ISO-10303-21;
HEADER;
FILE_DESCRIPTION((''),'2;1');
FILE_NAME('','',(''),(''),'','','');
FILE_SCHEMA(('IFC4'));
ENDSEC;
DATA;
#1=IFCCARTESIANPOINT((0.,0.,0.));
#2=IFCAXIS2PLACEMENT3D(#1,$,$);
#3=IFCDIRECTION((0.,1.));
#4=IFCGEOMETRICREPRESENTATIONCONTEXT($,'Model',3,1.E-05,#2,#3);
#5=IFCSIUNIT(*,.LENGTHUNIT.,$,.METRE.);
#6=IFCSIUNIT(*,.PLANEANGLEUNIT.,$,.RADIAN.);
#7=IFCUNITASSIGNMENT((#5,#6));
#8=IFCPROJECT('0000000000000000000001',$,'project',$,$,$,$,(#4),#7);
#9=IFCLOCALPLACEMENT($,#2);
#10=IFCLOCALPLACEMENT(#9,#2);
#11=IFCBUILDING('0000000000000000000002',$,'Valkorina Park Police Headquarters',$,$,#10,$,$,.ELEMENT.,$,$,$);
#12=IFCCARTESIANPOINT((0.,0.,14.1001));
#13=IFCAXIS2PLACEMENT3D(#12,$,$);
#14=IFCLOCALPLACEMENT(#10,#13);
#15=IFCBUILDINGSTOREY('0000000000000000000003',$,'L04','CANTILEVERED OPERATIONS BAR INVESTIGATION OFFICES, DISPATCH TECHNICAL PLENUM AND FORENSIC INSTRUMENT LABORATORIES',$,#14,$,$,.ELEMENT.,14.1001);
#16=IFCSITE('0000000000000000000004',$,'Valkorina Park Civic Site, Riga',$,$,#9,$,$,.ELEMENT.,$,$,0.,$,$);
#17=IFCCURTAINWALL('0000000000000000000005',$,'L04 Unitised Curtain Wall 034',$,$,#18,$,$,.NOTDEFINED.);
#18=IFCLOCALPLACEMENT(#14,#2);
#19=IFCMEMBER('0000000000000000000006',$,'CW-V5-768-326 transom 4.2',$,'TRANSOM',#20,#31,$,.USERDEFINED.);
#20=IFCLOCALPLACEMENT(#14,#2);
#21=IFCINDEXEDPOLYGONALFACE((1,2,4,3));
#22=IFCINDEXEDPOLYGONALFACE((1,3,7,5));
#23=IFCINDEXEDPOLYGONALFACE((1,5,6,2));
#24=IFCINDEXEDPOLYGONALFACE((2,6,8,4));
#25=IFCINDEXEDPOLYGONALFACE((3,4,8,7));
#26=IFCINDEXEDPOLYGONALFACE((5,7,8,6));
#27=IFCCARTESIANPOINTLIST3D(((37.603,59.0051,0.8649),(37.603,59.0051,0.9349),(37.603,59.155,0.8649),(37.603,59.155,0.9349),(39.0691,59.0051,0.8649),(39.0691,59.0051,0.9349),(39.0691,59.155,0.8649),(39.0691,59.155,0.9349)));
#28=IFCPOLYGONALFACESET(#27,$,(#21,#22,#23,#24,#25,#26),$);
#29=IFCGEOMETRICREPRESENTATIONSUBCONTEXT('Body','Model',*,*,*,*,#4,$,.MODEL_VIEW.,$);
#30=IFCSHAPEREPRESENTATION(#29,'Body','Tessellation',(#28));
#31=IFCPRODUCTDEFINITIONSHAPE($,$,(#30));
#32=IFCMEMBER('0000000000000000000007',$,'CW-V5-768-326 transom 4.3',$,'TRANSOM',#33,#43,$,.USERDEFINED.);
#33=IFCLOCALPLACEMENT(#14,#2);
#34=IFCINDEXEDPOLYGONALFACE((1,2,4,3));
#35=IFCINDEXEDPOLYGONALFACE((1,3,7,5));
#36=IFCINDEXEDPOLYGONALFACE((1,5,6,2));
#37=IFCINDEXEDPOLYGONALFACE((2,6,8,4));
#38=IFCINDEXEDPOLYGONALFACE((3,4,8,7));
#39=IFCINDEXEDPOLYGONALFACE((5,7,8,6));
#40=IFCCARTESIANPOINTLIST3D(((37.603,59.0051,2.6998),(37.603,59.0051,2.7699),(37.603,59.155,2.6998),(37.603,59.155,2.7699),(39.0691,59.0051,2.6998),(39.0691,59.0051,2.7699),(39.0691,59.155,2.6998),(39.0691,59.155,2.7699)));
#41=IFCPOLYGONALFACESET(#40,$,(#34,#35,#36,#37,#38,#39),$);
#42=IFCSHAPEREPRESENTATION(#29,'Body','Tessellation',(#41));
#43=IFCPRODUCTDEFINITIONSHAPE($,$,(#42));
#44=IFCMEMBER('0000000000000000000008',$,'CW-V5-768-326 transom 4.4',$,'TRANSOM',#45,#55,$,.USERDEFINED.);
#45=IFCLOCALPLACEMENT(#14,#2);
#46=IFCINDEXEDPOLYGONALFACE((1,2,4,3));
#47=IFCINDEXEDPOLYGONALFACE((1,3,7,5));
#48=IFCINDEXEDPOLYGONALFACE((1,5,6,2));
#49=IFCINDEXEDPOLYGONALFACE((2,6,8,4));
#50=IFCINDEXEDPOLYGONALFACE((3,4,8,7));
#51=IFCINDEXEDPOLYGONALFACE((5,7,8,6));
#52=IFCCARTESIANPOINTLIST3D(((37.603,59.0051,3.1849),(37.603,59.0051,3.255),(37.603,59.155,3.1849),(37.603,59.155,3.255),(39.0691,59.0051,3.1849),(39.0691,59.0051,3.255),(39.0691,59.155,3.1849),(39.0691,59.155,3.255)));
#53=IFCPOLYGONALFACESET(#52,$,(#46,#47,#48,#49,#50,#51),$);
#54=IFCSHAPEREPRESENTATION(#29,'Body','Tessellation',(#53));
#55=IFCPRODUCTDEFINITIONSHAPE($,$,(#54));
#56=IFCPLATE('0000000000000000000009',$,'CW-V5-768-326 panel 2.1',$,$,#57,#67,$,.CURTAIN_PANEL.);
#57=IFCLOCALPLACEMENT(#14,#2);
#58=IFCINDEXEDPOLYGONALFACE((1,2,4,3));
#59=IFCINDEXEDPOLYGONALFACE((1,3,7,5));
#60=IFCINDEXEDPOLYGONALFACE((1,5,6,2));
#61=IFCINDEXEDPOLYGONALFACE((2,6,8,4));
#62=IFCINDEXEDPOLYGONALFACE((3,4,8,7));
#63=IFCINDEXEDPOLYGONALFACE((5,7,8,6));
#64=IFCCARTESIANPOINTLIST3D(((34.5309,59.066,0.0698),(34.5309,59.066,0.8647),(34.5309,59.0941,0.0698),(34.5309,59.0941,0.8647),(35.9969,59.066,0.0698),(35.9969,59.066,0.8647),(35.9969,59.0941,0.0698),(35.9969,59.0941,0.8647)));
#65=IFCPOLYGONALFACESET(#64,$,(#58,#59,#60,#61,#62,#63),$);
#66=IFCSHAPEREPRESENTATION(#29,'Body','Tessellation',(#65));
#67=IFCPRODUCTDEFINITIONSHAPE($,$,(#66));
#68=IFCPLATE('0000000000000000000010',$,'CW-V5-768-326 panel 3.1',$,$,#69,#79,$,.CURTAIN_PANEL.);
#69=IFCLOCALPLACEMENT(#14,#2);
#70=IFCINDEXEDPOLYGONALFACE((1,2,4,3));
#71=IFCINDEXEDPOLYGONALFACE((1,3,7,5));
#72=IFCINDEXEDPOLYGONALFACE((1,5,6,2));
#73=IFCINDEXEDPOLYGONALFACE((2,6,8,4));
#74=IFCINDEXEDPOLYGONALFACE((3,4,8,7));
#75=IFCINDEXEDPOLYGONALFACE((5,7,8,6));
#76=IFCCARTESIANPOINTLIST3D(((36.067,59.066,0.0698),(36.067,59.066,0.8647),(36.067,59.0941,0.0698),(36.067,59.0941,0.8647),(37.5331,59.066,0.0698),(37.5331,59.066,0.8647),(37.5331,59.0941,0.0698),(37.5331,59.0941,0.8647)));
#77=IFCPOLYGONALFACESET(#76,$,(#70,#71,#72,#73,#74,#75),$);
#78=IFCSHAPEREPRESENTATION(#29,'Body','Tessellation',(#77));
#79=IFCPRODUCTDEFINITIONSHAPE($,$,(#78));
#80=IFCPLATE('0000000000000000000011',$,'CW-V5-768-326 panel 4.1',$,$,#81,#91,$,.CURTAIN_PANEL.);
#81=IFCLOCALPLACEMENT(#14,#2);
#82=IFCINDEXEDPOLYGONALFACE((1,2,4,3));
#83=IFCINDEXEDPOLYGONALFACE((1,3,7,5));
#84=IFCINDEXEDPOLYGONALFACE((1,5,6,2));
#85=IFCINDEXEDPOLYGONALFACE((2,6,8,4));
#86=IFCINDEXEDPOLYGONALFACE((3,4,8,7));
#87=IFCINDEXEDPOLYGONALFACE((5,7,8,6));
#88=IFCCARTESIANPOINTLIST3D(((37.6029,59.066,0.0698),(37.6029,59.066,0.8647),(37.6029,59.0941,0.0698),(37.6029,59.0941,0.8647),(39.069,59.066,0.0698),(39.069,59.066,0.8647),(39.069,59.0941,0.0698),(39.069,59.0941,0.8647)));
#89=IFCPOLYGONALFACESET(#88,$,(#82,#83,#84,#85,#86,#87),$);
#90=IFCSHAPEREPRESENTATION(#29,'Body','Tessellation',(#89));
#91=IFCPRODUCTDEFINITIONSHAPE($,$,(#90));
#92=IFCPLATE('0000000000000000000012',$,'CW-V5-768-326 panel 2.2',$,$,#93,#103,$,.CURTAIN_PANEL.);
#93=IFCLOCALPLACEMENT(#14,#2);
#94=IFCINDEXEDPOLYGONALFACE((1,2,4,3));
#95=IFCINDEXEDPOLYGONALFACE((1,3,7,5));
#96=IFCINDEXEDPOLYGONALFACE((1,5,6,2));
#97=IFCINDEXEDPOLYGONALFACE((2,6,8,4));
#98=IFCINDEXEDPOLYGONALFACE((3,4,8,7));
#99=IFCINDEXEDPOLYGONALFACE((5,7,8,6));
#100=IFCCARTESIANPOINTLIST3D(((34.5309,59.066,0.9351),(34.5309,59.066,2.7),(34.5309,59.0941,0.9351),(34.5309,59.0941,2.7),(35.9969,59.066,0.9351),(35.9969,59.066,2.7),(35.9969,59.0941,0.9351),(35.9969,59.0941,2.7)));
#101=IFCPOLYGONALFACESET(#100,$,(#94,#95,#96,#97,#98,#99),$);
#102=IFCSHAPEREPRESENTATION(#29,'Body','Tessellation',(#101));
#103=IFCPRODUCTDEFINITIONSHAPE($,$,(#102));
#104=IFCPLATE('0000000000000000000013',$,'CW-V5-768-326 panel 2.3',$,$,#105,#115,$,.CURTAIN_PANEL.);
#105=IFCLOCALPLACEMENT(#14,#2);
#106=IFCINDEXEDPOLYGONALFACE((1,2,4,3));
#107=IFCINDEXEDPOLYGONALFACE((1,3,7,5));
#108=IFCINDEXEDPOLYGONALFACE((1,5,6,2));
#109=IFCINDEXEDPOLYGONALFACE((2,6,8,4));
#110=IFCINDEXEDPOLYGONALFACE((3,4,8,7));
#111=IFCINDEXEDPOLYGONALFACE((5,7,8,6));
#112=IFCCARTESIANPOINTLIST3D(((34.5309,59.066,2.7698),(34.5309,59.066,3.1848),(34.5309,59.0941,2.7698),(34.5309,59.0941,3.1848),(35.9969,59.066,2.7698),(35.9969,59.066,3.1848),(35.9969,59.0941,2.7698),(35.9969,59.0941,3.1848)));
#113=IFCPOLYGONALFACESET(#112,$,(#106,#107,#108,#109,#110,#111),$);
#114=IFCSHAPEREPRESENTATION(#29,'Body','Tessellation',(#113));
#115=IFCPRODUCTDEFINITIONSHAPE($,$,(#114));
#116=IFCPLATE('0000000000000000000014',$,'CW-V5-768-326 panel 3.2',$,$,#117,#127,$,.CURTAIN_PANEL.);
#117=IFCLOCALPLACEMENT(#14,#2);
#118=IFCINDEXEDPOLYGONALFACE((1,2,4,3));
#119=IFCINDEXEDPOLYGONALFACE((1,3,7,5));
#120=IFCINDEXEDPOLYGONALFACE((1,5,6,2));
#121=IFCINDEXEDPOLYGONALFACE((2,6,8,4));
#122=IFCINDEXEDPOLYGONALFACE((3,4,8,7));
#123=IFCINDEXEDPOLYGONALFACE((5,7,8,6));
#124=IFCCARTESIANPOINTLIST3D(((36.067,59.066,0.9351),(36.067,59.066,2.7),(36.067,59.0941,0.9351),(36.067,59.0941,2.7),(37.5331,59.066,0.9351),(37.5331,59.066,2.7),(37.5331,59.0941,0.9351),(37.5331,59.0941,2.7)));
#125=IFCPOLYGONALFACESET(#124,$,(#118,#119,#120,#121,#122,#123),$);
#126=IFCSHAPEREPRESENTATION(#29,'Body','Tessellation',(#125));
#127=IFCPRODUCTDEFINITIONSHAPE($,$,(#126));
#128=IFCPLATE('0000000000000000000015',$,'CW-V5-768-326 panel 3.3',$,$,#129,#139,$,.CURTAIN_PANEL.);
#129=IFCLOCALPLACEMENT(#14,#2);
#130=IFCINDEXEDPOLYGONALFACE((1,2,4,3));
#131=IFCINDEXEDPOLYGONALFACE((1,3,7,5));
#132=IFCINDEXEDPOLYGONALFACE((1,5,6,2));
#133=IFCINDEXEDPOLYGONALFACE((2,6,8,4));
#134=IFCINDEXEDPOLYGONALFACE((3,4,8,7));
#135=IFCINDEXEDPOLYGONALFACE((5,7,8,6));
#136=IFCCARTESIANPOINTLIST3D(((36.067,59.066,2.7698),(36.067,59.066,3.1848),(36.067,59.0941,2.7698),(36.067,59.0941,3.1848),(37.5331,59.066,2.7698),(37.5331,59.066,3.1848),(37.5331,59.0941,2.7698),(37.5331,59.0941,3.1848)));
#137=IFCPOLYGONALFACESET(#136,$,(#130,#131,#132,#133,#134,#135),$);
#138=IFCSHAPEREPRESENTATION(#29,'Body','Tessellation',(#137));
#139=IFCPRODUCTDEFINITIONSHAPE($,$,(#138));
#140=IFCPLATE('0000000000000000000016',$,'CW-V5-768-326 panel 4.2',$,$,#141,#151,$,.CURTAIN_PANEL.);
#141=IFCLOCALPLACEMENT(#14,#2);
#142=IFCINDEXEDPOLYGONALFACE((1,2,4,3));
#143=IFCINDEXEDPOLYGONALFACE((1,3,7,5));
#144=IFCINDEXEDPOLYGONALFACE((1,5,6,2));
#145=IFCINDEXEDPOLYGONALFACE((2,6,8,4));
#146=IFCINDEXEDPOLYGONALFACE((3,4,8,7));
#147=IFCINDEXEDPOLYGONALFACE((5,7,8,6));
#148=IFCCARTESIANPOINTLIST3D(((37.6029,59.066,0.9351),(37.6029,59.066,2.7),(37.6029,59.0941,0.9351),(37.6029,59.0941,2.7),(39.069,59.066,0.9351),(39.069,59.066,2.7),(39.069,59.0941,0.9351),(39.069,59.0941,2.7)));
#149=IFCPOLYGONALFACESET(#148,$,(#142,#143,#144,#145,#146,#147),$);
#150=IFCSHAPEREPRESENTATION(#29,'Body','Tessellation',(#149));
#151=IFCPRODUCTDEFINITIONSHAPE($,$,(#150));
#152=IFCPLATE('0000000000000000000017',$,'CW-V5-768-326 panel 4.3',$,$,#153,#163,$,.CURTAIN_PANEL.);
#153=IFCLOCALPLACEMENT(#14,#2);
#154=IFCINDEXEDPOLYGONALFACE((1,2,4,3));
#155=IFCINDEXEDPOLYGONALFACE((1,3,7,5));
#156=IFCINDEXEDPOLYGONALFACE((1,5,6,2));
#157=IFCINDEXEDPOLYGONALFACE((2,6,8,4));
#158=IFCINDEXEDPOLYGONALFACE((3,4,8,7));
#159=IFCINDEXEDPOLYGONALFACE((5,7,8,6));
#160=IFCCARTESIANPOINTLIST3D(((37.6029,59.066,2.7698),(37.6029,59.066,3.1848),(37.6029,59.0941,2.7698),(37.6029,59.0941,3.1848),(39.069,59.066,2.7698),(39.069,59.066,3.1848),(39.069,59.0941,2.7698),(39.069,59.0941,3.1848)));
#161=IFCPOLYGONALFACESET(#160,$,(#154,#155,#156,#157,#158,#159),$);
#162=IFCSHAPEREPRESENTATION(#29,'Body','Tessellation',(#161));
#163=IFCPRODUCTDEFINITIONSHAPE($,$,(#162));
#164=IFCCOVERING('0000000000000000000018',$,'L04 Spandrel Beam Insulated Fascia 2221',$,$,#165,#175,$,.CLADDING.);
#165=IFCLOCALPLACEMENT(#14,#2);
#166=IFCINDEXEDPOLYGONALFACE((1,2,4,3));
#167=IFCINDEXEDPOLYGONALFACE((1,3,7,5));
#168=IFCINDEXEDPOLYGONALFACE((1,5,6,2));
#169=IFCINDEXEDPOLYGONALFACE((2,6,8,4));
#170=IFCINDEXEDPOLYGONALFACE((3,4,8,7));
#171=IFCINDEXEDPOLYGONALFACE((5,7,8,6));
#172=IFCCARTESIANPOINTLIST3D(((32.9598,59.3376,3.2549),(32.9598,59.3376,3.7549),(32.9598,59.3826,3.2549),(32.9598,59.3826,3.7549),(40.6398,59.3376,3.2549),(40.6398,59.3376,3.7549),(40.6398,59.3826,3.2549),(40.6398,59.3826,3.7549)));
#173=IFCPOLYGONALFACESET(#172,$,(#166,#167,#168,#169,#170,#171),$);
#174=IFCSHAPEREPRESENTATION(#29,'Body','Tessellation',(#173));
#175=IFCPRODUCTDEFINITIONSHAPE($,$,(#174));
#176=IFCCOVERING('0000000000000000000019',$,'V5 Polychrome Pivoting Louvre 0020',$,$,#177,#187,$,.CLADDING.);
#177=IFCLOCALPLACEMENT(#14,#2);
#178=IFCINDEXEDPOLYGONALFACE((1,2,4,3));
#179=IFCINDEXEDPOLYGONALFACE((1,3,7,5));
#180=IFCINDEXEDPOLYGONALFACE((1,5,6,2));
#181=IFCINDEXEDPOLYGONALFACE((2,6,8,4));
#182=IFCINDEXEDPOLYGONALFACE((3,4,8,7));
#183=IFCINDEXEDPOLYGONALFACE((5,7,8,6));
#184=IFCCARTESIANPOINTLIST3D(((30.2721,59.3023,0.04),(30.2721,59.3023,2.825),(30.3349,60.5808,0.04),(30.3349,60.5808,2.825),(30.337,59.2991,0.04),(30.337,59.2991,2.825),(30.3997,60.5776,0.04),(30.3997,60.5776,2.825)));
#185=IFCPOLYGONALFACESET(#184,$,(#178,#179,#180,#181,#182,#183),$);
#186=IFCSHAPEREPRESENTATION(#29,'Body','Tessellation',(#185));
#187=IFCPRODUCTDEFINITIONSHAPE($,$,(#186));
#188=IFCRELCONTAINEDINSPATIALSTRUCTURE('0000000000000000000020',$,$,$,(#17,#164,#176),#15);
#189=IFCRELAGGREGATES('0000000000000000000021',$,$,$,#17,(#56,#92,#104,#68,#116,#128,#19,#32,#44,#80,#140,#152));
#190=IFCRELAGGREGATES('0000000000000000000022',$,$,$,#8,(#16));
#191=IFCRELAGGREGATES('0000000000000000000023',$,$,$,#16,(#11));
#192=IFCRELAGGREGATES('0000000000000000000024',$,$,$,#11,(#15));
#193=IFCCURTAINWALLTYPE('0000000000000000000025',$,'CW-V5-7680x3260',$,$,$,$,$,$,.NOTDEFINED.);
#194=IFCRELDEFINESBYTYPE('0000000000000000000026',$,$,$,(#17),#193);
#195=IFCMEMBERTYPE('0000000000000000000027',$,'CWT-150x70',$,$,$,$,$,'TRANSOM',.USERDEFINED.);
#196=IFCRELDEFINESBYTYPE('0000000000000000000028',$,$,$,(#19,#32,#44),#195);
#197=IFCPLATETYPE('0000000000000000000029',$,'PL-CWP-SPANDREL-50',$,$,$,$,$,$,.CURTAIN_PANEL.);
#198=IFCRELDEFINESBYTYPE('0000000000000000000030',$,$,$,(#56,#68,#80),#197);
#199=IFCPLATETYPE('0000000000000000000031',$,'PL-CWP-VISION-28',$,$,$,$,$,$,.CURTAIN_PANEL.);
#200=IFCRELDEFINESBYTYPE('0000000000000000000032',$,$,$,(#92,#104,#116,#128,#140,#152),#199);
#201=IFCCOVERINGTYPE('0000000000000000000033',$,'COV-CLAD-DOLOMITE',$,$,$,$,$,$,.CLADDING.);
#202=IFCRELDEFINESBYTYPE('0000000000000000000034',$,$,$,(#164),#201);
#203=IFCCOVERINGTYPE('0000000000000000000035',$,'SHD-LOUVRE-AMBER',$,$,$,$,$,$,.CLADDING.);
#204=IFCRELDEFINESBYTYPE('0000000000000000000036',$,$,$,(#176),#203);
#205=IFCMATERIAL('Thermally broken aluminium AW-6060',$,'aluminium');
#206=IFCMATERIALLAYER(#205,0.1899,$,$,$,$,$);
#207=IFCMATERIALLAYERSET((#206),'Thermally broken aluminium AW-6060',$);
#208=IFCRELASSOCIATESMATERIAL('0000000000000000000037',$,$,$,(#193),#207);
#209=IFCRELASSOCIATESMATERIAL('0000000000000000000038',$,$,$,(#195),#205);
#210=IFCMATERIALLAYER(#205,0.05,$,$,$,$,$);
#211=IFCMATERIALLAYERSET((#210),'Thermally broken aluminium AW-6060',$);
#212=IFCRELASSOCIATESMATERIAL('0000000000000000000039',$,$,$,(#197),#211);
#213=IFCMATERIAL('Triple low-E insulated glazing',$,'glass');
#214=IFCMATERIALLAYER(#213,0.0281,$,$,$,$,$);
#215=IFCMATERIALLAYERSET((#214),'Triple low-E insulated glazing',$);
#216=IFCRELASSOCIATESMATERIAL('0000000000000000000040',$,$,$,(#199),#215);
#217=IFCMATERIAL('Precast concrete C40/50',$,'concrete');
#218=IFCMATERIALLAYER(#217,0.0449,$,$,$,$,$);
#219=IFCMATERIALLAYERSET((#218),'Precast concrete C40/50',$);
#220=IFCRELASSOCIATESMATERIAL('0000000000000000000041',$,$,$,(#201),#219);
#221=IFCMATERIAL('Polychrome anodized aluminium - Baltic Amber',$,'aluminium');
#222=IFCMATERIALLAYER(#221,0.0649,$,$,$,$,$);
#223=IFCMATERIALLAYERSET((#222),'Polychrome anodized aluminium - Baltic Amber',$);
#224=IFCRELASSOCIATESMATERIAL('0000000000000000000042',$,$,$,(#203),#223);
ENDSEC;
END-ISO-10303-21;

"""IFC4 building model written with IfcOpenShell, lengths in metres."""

from ifc_helpers import new_model, si_unit, direction, frame, frame_2d, origin, origin_2d, place, context, subcontext, project, spatial, rectangle, extrude, material, layer, layer_set, material_profile, profile_set, type_object, element, aggregate, save


model = new_model("IFC4")

# Units and contexts
model_context = context("Model", 3, precision=1e-05, world=origin(), true_north=direction((0.0, 1.0)))
body_context = subcontext(model_context, "Body", "Model", "MODEL_VIEW")
ifc_project = project(units=[si_unit("LENGTHUNIT", "METRE"), si_unit("PLANEANGLEUNIT", "RADIAN")], contexts=[model_context])

# Site, building, storey
site_placement = place(None, origin())
site = spatial("IfcSite", under=ifc_project, at=site_placement, Name="Valkorina Park Civic Site, Riga", CompositionType="ELEMENT", RefElevation=0.0)
building_placement = place(site_placement, origin())
building = spatial("IfcBuilding", under=site, at=building_placement, Name="Valkorina Park Police Headquarters", CompositionType="ELEMENT")
storey_placement = place(building_placement, frame((0.0, 0.0, 14.1001)))
storey = spatial("IfcBuildingStorey", under=building, at=storey_placement, Name="L04", Description="CANTILEVERED OPERATIONS BAR INVESTIGATION OFFICES, DISPATCH TECHNICAL PLENUM AND FORENSIC INSTRUMENT LABORATORIES", CompositionType="ELEMENT", Elevation=14.1001)

# Curtain wall, members, plates
ifc_material_1 = material(Name="Thermally broken aluminium AW-6060", Category="aluminium")
ifc_layer_1 = layer(ifc_material_1, 0.1899)
ifc_layer_set_1 = layer_set([ifc_layer_1], Name="Thermally broken aluminium AW-6060")
curtain_wall_type = type_object("IfcCurtainWallType", Name="CW-V5-7680x3260", PredefinedType="NOTDEFINED", material=ifc_layer_set_1)
curtain_wall_placement = place(storey_placement, origin())
curtain_wall = element("IfcCurtainWall", 1, at=curtain_wall_placement, inside=storey, type_object=curtain_wall_type, Name="L04 Unitised Curtain Wall 034", PredefinedType="NOTDEFINED")
ifc_material_profile_1 = material_profile(ifc_material_1, rectangle(XDim=0.1499, YDim=0.0701, at=origin_2d()), Name="CWT-02 150x70")
ifc_profile_set_1 = profile_set([ifc_material_profile_1], Name="Thermally broken aluminium AW-6060")
member_type_1 = type_object("IfcMemberType", Name="CWT-150x70", ElementType="TRANSOM", PredefinedType="USERDEFINED", material=ifc_profile_set_1)
member_1_placement = place(storey_placement, frame((37.603, 59.0801, 0.8999), z_axis=(1.0, 0.0, 0.0), x_axis=(0.0, 1.0, 0.0)))
member_1 = element("IfcMember", 2, at=member_1_placement, type_object=member_type_1, Name="CW-V5-768-326 transom 4.2", ObjectType="TRANSOM", PredefinedType="USERDEFINED", context=body_context, shape_type="SweptSolid", body=[
    extrude(rectangle(XDim=0.1499, YDim=0.0701, at=origin_2d()), origin(), (0.0, 0.0, 1.0), 1.4661),
])
member_2_placement = place(storey_placement, frame((37.603, 59.0801, 2.7349), z_axis=(1.0, 0.0, 0.0), x_axis=(0.0, 1.0, 0.0)))
member_2 = element("IfcMember", 3, at=member_2_placement, type_object=member_type_1, Name="CW-V5-768-326 transom 4.3", ObjectType="TRANSOM", PredefinedType="USERDEFINED", context=body_context, shape_type="SweptSolid", body=[
    extrude(rectangle(XDim=0.1499, YDim=0.0701, at=origin_2d()), origin(), (0.0, 0.0, 1.0), 1.4661),
])
member_3_placement = place(storey_placement, frame((37.603, 59.0801, 3.22), z_axis=(1.0, 0.0, 0.0), x_axis=(0.0, 1.0, 0.0)))
member_3 = element("IfcMember", 4, at=member_3_placement, type_object=member_type_1, Name="CW-V5-768-326 transom 4.4", ObjectType="TRANSOM", PredefinedType="USERDEFINED", context=body_context, shape_type="SweptSolid", body=[
    extrude(rectangle(XDim=0.1499, YDim=0.0701, at=origin_2d()), origin(), (0.0, 0.0, 1.0), 1.4661),
])
ifc_layer_2 = layer(ifc_material_1, 0.05)
ifc_layer_set_2 = layer_set([ifc_layer_2], Name="Thermally broken aluminium AW-6060")
plate_type_1 = type_object("IfcPlateType", Name="PL-CWP-SPANDREL-50", PredefinedType="CURTAIN_PANEL", material=ifc_layer_set_2)
plate_1_placement = place(storey_placement, frame((35.2639, 59.0801, 0.0698), z_axis=(0.0, 0.0, 1.0), x_axis=(1.0, 0.0, 0.0)))
plate_1 = element("IfcPlate", 5, at=plate_1_placement, type_object=plate_type_1, Name="CW-V5-768-326 panel 2.1", PredefinedType="CURTAIN_PANEL", context=body_context, shape_type="SweptSolid", body=[
    extrude(rectangle(XDim=1.4661, YDim=0.0281, at=origin_2d()), origin(), (0.0, 0.0, 1.0), 0.7949),
])
plate_2_placement = place(storey_placement, frame((36.8, 59.0801, 0.0698), z_axis=(0.0, 0.0, 1.0), x_axis=(1.0, 0.0, 0.0)))
plate_2 = element("IfcPlate", 6, at=plate_2_placement, type_object=plate_type_1, Name="CW-V5-768-326 panel 3.1", PredefinedType="CURTAIN_PANEL", context=body_context, shape_type="SweptSolid", body=[
    extrude(rectangle(XDim=1.4661, YDim=0.0281, at=origin_2d()), origin(), (0.0, 0.0, 1.0), 0.7949),
])
plate_3_placement = place(storey_placement, frame((38.3359, 59.0801, 0.0698), z_axis=(0.0, 0.0, 1.0), x_axis=(1.0, 0.0, 0.0)))
plate_3 = element("IfcPlate", 7, at=plate_3_placement, type_object=plate_type_1, Name="CW-V5-768-326 panel 4.1", PredefinedType="CURTAIN_PANEL", context=body_context, shape_type="SweptSolid", body=[
    extrude(rectangle(XDim=1.4661, YDim=0.0281, at=origin_2d()), origin(), (0.0, 0.0, 1.0), 0.7949),
])
ifc_material_2 = material(Name="Triple low-E insulated glazing", Category="glass")
ifc_layer_3 = layer(ifc_material_2, 0.0281)
ifc_layer_set_3 = layer_set([ifc_layer_3], Name="Triple low-E insulated glazing")
plate_type_2 = type_object("IfcPlateType", Name="PL-CWP-VISION-28", PredefinedType="CURTAIN_PANEL", material=ifc_layer_set_3)
plate_4_placement = place(storey_placement, frame((35.2639, 59.0801, 0.9351), z_axis=(0.0, 0.0, 1.0), x_axis=(1.0, 0.0, 0.0)))
plate_4 = element("IfcPlate", 8, at=plate_4_placement, type_object=plate_type_2, Name="CW-V5-768-326 panel 2.2", PredefinedType="CURTAIN_PANEL", context=body_context, shape_type="SweptSolid", body=[
    extrude(rectangle(XDim=1.4661, YDim=0.0281, at=origin_2d()), origin(), (0.0, 0.0, 1.0), 1.7649),
])
plate_5_placement = place(storey_placement, frame((35.2639, 59.0801, 2.7698), z_axis=(0.0, 0.0, 1.0), x_axis=(1.0, 0.0, 0.0)))
plate_5 = element("IfcPlate", 9, at=plate_5_placement, type_object=plate_type_2, Name="CW-V5-768-326 panel 2.3", PredefinedType="CURTAIN_PANEL", context=body_context, shape_type="SweptSolid", body=[
    extrude(rectangle(XDim=1.4661, YDim=0.0281, at=origin_2d()), origin(), (0.0, 0.0, 1.0), 0.415),
])
plate_6_placement = place(storey_placement, frame((36.8, 59.0801, 0.9351), z_axis=(0.0, 0.0, 1.0), x_axis=(1.0, 0.0, 0.0)))
plate_6 = element("IfcPlate", 10, at=plate_6_placement, type_object=plate_type_2, Name="CW-V5-768-326 panel 3.2", PredefinedType="CURTAIN_PANEL", context=body_context, shape_type="SweptSolid", body=[
    extrude(rectangle(XDim=1.4661, YDim=0.0281, at=origin_2d()), origin(), (0.0, 0.0, 1.0), 1.7649),
])
plate_7_placement = place(storey_placement, frame((36.8, 59.0801, 2.7698), z_axis=(0.0, 0.0, 1.0), x_axis=(1.0, 0.0, 0.0)))
plate_7 = element("IfcPlate", 11, at=plate_7_placement, type_object=plate_type_2, Name="CW-V5-768-326 panel 3.3", PredefinedType="CURTAIN_PANEL", context=body_context, shape_type="SweptSolid", body=[
    extrude(rectangle(XDim=1.4661, YDim=0.0281, at=origin_2d()), origin(), (0.0, 0.0, 1.0), 0.415),
])
plate_8_placement = place(storey_placement, frame((38.3359, 59.0801, 0.9351), z_axis=(0.0, 0.0, 1.0), x_axis=(1.0, 0.0, 0.0)))
plate_8 = element("IfcPlate", 12, at=plate_8_placement, type_object=plate_type_2, Name="CW-V5-768-326 panel 4.2", PredefinedType="CURTAIN_PANEL", context=body_context, shape_type="SweptSolid", body=[
    extrude(rectangle(XDim=1.4661, YDim=0.0281, at=origin_2d()), origin(), (0.0, 0.0, 1.0), 1.7649),
])
plate_9_placement = place(storey_placement, frame((38.3359, 59.0801, 2.7698), z_axis=(0.0, 0.0, 1.0), x_axis=(1.0, 0.0, 0.0)))
plate_9 = element("IfcPlate", 13, at=plate_9_placement, type_object=plate_type_2, Name="CW-V5-768-326 panel 4.3", PredefinedType="CURTAIN_PANEL", context=body_context, shape_type="SweptSolid", body=[
    extrude(rectangle(XDim=1.4661, YDim=0.0281, at=origin_2d()), origin(), (0.0, 0.0, 1.0), 0.415),
])
aggregate(curtain_wall, [plate_1, plate_4, plate_5, plate_2, plate_6, plate_7, member_1, member_2, member_3, plate_3, plate_8, plate_9])

# Coverings
ifc_material_3 = material(Name="Precast concrete C40/50", Category="concrete")
ifc_layer_4 = layer(ifc_material_3, 0.0449)
ifc_layer_set_4 = layer_set([ifc_layer_4], Name="Precast concrete C40/50")
covering_type_1 = type_object("IfcCoveringType", Name="COV-CLAD-DOLOMITE", PredefinedType="CLADDING", material=ifc_layer_set_4)
covering_1_placement = place(storey_placement, frame((32.96, 59.3601, 3.2549), z_axis=(0.0, 0.0, 1.0), x_axis=(1.0, 0.0, 0.0)))
element("IfcCovering", 14, at=covering_1_placement, inside=storey, type_object=covering_type_1, Name="L04 Spandrel Beam Insulated Fascia 2221", PredefinedType="CLADDING", context=body_context, shape_type="SweptSolid", body=[
    extrude(rectangle(XDim=7.6799, YDim=0.0449, at=frame_2d((3.8398, 0.0))), origin(), (0.0, 0.0, 1.0), 0.5),
])
ifc_material_4 = material(Name="Polychrome anodized aluminium - Baltic Amber", Category="aluminium")
ifc_layer_5 = layer(ifc_material_4, 0.0649)
ifc_layer_set_5 = layer_set([ifc_layer_5], Name="Polychrome anodized aluminium - Baltic Amber")
covering_type_2 = type_object("IfcCoveringType", Name="SHD-LOUVRE-AMBER", PredefinedType="CLADDING", material=ifc_layer_set_5)
covering_2_placement = place(storey_placement, frame((30.3359, 59.9399, 0.04), z_axis=(0.0, 0.0, 1.0), x_axis=(0.049024, 0.998798, 0.0)))
element("IfcCovering", 15, at=covering_2_placement, inside=storey, type_object=covering_type_2, Name="V5 Polychrome Pivoting Louvre 0020", PredefinedType="CLADDING", context=body_context, shape_type="SweptSolid", body=[
    extrude(rectangle(XDim=1.28, YDim=0.0649, at=origin_2d()), origin(), (0.0, 0.0, 1.0), 2.7849),
])

save(model, "model.ifc")
